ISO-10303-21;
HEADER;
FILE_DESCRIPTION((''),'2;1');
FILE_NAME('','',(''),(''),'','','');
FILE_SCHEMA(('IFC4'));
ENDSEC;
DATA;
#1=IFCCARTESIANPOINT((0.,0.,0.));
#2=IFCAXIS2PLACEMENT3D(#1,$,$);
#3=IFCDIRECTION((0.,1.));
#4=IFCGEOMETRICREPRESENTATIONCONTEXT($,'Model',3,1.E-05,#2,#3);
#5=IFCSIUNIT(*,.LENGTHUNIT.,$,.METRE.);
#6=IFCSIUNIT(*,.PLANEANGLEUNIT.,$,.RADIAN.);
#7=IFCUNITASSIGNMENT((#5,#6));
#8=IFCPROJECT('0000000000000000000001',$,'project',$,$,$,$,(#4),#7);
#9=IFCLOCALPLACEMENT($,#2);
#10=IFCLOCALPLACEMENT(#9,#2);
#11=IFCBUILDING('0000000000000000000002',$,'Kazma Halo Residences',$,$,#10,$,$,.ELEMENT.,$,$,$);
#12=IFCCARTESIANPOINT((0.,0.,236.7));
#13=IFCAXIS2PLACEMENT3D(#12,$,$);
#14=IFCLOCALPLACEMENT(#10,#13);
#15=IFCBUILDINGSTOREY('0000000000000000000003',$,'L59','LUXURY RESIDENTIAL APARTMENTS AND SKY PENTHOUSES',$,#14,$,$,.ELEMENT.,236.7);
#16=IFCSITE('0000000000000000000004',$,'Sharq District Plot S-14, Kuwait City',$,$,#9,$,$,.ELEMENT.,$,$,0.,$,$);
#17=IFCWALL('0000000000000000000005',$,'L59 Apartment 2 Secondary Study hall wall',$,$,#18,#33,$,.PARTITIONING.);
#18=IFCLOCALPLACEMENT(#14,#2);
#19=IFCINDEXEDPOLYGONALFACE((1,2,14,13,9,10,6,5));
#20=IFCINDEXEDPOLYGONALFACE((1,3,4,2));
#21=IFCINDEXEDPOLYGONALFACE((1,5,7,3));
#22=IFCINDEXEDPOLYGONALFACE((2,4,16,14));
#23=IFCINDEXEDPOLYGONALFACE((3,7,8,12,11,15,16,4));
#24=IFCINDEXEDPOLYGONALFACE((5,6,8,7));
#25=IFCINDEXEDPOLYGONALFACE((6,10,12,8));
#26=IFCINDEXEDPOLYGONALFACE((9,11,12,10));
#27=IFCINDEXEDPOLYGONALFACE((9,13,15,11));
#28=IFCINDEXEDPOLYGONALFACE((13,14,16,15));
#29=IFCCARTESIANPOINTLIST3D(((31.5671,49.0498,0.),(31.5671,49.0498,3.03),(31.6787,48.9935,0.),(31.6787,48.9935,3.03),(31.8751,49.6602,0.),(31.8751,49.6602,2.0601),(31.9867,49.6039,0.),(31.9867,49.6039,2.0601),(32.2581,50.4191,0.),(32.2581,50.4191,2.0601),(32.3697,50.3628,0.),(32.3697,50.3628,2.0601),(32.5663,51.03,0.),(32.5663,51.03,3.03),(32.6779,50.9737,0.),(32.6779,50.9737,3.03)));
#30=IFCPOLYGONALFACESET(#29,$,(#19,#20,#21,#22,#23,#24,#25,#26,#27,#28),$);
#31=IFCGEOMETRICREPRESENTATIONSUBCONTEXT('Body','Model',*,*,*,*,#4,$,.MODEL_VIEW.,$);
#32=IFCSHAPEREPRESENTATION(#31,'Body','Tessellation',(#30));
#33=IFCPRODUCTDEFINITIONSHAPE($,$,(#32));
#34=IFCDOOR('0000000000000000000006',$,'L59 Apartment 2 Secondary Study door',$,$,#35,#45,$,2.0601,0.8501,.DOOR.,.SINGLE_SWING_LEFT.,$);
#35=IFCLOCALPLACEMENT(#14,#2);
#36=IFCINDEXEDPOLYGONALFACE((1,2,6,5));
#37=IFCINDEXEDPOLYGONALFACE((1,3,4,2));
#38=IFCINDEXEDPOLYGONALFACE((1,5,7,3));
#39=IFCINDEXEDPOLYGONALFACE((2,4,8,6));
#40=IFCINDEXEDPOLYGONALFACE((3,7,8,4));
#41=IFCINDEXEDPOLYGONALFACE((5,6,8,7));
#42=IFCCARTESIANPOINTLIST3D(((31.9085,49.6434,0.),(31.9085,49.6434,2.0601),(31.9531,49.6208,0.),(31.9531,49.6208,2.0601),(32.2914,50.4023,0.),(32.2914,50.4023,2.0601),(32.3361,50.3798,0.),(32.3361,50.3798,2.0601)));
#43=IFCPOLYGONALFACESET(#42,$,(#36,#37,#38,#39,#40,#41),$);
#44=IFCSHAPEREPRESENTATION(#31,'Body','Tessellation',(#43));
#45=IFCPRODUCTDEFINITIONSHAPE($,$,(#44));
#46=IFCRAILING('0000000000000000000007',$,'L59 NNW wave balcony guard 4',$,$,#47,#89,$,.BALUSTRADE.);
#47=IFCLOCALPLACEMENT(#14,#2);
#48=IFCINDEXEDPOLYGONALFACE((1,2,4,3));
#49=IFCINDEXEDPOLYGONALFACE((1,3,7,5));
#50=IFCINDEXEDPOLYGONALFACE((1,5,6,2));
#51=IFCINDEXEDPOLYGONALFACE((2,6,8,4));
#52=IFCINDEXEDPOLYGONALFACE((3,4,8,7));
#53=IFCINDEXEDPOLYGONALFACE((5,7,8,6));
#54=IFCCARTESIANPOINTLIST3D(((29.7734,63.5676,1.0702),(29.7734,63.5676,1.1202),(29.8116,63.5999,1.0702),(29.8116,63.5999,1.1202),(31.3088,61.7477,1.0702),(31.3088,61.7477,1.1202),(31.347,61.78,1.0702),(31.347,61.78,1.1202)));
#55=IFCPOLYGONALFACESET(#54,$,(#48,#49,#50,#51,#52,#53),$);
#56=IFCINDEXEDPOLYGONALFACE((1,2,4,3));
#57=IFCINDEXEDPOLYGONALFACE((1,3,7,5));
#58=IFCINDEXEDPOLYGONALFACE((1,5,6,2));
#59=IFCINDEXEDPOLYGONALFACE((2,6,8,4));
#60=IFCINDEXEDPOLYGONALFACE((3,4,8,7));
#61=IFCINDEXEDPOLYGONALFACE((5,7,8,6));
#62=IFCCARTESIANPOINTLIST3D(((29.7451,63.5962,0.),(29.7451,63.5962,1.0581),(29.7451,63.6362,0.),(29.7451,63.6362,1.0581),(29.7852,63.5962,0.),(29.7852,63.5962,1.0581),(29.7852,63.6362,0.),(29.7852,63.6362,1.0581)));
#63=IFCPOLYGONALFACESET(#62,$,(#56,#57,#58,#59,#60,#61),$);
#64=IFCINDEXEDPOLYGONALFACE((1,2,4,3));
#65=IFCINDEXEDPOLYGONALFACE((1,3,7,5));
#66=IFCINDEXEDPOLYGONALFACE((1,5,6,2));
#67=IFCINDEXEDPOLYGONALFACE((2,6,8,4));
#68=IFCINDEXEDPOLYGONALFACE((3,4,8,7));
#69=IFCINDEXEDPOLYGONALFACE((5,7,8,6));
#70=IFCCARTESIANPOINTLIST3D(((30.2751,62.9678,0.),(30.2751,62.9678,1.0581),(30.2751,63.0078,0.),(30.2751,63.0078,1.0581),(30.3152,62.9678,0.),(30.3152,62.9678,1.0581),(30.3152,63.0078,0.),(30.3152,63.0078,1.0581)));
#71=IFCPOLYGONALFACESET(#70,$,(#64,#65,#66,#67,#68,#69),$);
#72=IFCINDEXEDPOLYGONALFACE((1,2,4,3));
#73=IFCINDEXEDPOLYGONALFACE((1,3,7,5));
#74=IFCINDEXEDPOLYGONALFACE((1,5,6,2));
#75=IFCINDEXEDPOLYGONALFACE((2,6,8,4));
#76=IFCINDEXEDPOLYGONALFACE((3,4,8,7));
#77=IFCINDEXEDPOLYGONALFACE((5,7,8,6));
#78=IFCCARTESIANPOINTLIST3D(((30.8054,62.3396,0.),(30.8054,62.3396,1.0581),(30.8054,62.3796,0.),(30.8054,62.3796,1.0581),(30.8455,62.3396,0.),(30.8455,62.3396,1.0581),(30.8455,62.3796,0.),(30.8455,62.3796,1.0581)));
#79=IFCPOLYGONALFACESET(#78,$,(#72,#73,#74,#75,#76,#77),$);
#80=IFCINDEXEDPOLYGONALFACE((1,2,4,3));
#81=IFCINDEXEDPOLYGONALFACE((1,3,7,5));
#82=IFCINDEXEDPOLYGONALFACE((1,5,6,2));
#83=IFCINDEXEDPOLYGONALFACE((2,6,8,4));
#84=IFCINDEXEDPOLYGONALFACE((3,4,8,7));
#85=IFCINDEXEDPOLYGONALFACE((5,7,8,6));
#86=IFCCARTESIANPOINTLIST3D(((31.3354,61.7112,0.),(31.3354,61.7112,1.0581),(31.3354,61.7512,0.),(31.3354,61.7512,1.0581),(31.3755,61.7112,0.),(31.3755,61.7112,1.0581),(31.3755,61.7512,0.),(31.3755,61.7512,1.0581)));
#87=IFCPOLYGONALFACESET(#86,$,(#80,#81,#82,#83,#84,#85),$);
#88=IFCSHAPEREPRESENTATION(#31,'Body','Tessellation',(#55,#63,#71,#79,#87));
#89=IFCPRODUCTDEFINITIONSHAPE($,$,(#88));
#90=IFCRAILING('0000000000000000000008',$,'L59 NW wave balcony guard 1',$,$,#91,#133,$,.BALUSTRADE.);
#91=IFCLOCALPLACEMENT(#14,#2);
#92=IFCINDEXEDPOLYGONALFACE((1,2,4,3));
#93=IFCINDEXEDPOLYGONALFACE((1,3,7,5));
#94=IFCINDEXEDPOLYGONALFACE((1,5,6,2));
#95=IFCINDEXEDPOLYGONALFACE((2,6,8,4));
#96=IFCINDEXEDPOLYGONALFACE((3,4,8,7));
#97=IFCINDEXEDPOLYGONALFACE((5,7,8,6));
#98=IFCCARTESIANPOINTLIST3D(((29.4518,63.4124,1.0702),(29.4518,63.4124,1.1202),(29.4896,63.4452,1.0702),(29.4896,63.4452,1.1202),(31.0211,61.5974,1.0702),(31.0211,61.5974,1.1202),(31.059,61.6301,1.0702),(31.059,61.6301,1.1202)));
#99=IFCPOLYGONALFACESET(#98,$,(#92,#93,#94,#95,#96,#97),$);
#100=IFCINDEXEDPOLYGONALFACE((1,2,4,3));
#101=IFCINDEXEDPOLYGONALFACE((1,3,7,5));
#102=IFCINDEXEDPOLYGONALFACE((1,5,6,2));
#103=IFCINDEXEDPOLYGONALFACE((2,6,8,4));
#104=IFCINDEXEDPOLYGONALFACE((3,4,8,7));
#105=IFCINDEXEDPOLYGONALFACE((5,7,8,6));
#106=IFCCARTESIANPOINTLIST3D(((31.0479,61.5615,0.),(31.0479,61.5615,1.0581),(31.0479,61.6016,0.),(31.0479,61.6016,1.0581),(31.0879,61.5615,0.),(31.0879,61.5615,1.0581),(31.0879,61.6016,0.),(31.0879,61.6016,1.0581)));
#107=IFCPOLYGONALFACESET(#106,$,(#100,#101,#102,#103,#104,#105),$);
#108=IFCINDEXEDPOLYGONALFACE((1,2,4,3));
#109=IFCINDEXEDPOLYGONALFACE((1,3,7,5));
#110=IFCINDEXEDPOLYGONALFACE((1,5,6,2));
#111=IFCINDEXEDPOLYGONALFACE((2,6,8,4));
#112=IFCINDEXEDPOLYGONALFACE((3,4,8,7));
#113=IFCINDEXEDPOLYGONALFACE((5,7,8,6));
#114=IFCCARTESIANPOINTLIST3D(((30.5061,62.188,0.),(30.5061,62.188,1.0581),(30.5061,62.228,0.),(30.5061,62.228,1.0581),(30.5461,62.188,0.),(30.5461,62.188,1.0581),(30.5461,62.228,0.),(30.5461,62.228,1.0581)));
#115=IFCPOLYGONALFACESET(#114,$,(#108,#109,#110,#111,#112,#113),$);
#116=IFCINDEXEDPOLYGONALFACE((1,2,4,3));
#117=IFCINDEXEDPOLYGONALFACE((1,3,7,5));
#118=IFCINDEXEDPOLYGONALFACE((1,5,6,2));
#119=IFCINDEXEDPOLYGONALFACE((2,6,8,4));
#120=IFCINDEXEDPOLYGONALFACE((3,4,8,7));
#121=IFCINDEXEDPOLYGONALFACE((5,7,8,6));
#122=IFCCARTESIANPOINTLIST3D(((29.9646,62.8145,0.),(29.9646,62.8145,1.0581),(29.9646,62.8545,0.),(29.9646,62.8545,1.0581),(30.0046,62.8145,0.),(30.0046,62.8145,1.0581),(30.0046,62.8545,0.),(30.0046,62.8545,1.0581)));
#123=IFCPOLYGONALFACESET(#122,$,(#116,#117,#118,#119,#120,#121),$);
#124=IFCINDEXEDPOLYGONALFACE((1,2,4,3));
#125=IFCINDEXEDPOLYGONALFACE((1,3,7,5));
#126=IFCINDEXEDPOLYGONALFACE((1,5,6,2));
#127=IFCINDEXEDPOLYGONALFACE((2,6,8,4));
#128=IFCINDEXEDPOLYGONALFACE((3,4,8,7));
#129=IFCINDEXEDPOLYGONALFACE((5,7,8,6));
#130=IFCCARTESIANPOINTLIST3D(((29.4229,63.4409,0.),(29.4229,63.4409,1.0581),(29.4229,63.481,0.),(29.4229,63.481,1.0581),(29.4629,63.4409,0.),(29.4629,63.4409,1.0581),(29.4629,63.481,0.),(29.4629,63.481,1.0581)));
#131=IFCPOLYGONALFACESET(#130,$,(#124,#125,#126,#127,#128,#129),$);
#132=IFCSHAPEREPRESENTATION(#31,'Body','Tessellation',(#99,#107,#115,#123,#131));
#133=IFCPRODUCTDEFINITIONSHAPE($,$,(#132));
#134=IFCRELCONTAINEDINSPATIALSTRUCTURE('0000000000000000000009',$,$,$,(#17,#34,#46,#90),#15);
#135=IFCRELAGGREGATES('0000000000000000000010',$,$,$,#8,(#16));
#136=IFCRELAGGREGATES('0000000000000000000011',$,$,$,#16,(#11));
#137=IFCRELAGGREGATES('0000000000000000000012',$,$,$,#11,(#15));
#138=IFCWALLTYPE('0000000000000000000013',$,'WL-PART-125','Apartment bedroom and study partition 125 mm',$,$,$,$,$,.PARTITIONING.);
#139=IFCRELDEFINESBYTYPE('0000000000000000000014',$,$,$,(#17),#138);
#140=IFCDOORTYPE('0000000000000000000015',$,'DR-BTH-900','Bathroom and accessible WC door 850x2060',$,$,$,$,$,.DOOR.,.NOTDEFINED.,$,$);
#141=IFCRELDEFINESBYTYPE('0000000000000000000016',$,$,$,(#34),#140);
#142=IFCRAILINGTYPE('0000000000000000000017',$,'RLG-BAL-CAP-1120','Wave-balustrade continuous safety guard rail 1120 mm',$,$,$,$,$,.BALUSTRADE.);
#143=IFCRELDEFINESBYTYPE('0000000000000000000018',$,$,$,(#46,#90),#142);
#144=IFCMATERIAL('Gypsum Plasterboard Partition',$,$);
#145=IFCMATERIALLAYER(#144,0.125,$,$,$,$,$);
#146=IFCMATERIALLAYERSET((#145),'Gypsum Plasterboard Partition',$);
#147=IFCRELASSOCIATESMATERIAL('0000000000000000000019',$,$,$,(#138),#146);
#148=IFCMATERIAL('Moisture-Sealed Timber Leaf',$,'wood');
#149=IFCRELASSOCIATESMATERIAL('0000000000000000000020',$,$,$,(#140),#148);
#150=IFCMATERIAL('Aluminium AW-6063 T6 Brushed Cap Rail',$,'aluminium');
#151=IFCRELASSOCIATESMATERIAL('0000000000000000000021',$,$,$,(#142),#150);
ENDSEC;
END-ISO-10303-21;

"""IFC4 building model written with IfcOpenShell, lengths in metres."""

from ifc_helpers import new_model, si_unit, direction, frame, frame_2d, origin, origin_2d, place, context, subcontext, project, spatial, rectangle, extrude, material, layer, layer_set, type_object, element, fill, save


model = new_model("IFC4")

# Units and contexts
model_context = context("Model", 3, precision=1e-05, world=origin(), true_north=direction((0.0, 1.0)))
body_context = subcontext(model_context, "Body", "Model", "MODEL_VIEW")
ifc_project = project(units=[si_unit("LENGTHUNIT", "METRE"), si_unit("PLANEANGLEUNIT", "RADIAN")], contexts=[model_context])

# Site, building, storey
site_placement = place(None, origin())
site = spatial("IfcSite", under=ifc_project, at=site_placement, Name="Sharq District Plot S-14, Kuwait City", CompositionType="ELEMENT", RefElevation=0.0)
building_placement = place(site_placement, origin())
building = spatial("IfcBuilding", under=site, at=building_placement, Name="Kazma Halo Residences", CompositionType="ELEMENT")
storey_placement = place(building_placement, frame((0.0, 0.0, 236.7)))
storey = spatial("IfcBuildingStorey", under=building, at=storey_placement, Name="L59", Description="LUXURY RESIDENTIAL APARTMENTS AND SKY PENTHOUSES", CompositionType="ELEMENT", Elevation=236.7)

# Shared definitions
ifc_material_1 = material(Name="Gypsum Plasterboard Partition")
ifc_layer_1 = layer(ifc_material_1, 0.125)
ifc_layer_set_1 = layer_set([ifc_layer_1], Name="Gypsum Plasterboard Partition")
wall_type_1 = type_object("IfcWallType", Name="WL-PART-125", Description="Apartment bedroom and study partition 125 mm", PredefinedType="PARTITIONING", material=ifc_layer_set_1)
ifc_material_2 = material(Name="Moisture-Sealed Timber Leaf", Category="wood")
door_type_1 = type_object("IfcDoorType", Name="DR-BTH-900", Description="Bathroom and accessible WC door 850x2060", OperationType="NOTDEFINED", PredefinedType="DOOR", material=ifc_material_2)

# Wall, opening, door
wall_1_placement = place(storey_placement, frame((32.6221, 51.0017, 0.0), z_axis=(0.0, 0.0, 1.0), x_axis=(-0.450513, -0.89277, 0.0)))
wall_1 = element("IfcWall", 1, at=wall_1_placement, inside=storey, type_object=wall_type_1, Name="L59 Apartment 2 Secondary Study hall wall", PredefinedType="PARTITIONING", context=body_context, shape_type="SweptSolid", body=[
    extrude(rectangle(XDim=2.218, YDim=0.125, at=frame_2d((1.1089, 0.0))), origin(), (0.0, 0.0, 1.0), 3.03),
])
opening_1_placement = place(wall_1_placement, frame((0.6841, 0.0, 0.0)))
opening_1 = element("IfcOpeningElement", 2, at=opening_1_placement, cuts=wall_1, PredefinedType="OPENING", context=body_context, shape_type="SweptSolid", body=[
    extrude(rectangle(XDim=0.8501, YDim=2.0601, at=frame_2d((0.425, 1.03))), frame((0.0, 0.0725, 0.0), z_axis=(0.0, -1.0, 0.0), x_axis=(1.0, 0.0, 0.0)), (0.0, 0.0, 1.0), 0.145),
])
door_1_placement = place(opening_1_placement, origin())
door_1 = element("IfcDoor", 3, at=door_1_placement, inside=storey, type_object=door_type_1, Name="L59 Apartment 2 Secondary Study door", OperationType="SINGLE_SWING_LEFT", OverallHeight=2.0601, OverallWidth=0.8501, PredefinedType="DOOR", context=body_context, shape_type="SweptSolid", body=[
    extrude(rectangle(XDim=0.8501, YDim=2.0601, at=frame_2d((0.425, 1.03))), frame((0.0, 0.0249, 0.0), z_axis=(0.0, -1.0, 0.0), x_axis=(1.0, 0.0, 0.0)), (0.0, 0.0, 1.0), 0.05),
])
fill(opening_1, door_1)

# Railings
ifc_material_3 = material(Name="Aluminium AW-6063 T6 Brushed Cap Rail", Category="aluminium")
railing_type = type_object("IfcRailingType", Name="RLG-BAL-CAP-1120", Description="Wave-balustrade continuous safety guard rail 1120 mm", PredefinedType="BALUSTRADE", material=ifc_material_3)
railing_1_placement = place(storey_placement, frame((29.7651, 63.6162, 0.0)))
element("IfcRailing", 4, at=railing_1_placement, inside=storey, type_object=railing_type, Name="L59 NNW wave balcony guard 4", PredefinedType="BALUSTRADE", context=body_context, shape_type="SweptSolid", body=[
    extrude(rectangle(XDim=0.05, YDim=0.05, at=origin_2d()), frame((0.0273, -0.0325, 1.0952), z_axis=(0.644837, -0.76432, 0.0), x_axis=(0.76432, 0.644837, 0.0)), (0.0, 0.0, 1.0), 2.3811),
    extrude(rectangle(XDim=0.04, YDim=0.04, at=origin_2d()), origin(), (0.0, 0.0, 1.0), 1.0581),
    extrude(rectangle(XDim=0.04, YDim=0.04, at=origin_2d()), frame((0.53, -0.6284, 0.0)), (0.0, 0.0, 1.0), 1.0581),
    extrude(rectangle(XDim=0.04, YDim=0.04, at=origin_2d()), frame((1.0603, -1.2566, 0.0)), (0.0, 0.0, 1.0), 1.0581),
    extrude(rectangle(XDim=0.04, YDim=0.04, at=origin_2d()), frame((1.5903, -1.885, 0.0)), (0.0, 0.0, 1.0), 1.0581),
])
railing_2_placement = place(storey_placement, frame((31.0679, 61.5815, 0.0)))
element("IfcRailing", 5, at=railing_2_placement, inside=storey, type_object=railing_type, Name="L59 NW wave balcony guard 1", PredefinedType="BALUSTRADE", context=body_context, shape_type="SweptSolid", body=[
    extrude(rectangle(XDim=0.05, YDim=0.05, at=origin_2d()), frame((-0.0278, 0.0322, 1.0952), z_axis=(-0.654055, 0.756447, 0.0), x_axis=(-0.756447, -0.654055, 0.0)), (0.0, 0.0, 1.0), 2.3994),
    extrude(rectangle(XDim=0.04, YDim=0.04, at=origin_2d()), origin(), (0.0, 0.0, 1.0), 1.0581),
    extrude(rectangle(XDim=0.04, YDim=0.04, at=origin_2d()), frame((-0.5417, 0.6265, 0.0)), (0.0, 0.0, 1.0), 1.0581),
    extrude(rectangle(XDim=0.04, YDim=0.04, at=origin_2d()), frame((-1.0833, 1.2529, 0.0)), (0.0, 0.0, 1.0), 1.0581),
    extrude(rectangle(XDim=0.04, YDim=0.04, at=origin_2d()), frame((-1.625, 1.8794, 0.0)), (0.0, 0.0, 1.0), 1.0581),
])

save(model, "model.ifc")
